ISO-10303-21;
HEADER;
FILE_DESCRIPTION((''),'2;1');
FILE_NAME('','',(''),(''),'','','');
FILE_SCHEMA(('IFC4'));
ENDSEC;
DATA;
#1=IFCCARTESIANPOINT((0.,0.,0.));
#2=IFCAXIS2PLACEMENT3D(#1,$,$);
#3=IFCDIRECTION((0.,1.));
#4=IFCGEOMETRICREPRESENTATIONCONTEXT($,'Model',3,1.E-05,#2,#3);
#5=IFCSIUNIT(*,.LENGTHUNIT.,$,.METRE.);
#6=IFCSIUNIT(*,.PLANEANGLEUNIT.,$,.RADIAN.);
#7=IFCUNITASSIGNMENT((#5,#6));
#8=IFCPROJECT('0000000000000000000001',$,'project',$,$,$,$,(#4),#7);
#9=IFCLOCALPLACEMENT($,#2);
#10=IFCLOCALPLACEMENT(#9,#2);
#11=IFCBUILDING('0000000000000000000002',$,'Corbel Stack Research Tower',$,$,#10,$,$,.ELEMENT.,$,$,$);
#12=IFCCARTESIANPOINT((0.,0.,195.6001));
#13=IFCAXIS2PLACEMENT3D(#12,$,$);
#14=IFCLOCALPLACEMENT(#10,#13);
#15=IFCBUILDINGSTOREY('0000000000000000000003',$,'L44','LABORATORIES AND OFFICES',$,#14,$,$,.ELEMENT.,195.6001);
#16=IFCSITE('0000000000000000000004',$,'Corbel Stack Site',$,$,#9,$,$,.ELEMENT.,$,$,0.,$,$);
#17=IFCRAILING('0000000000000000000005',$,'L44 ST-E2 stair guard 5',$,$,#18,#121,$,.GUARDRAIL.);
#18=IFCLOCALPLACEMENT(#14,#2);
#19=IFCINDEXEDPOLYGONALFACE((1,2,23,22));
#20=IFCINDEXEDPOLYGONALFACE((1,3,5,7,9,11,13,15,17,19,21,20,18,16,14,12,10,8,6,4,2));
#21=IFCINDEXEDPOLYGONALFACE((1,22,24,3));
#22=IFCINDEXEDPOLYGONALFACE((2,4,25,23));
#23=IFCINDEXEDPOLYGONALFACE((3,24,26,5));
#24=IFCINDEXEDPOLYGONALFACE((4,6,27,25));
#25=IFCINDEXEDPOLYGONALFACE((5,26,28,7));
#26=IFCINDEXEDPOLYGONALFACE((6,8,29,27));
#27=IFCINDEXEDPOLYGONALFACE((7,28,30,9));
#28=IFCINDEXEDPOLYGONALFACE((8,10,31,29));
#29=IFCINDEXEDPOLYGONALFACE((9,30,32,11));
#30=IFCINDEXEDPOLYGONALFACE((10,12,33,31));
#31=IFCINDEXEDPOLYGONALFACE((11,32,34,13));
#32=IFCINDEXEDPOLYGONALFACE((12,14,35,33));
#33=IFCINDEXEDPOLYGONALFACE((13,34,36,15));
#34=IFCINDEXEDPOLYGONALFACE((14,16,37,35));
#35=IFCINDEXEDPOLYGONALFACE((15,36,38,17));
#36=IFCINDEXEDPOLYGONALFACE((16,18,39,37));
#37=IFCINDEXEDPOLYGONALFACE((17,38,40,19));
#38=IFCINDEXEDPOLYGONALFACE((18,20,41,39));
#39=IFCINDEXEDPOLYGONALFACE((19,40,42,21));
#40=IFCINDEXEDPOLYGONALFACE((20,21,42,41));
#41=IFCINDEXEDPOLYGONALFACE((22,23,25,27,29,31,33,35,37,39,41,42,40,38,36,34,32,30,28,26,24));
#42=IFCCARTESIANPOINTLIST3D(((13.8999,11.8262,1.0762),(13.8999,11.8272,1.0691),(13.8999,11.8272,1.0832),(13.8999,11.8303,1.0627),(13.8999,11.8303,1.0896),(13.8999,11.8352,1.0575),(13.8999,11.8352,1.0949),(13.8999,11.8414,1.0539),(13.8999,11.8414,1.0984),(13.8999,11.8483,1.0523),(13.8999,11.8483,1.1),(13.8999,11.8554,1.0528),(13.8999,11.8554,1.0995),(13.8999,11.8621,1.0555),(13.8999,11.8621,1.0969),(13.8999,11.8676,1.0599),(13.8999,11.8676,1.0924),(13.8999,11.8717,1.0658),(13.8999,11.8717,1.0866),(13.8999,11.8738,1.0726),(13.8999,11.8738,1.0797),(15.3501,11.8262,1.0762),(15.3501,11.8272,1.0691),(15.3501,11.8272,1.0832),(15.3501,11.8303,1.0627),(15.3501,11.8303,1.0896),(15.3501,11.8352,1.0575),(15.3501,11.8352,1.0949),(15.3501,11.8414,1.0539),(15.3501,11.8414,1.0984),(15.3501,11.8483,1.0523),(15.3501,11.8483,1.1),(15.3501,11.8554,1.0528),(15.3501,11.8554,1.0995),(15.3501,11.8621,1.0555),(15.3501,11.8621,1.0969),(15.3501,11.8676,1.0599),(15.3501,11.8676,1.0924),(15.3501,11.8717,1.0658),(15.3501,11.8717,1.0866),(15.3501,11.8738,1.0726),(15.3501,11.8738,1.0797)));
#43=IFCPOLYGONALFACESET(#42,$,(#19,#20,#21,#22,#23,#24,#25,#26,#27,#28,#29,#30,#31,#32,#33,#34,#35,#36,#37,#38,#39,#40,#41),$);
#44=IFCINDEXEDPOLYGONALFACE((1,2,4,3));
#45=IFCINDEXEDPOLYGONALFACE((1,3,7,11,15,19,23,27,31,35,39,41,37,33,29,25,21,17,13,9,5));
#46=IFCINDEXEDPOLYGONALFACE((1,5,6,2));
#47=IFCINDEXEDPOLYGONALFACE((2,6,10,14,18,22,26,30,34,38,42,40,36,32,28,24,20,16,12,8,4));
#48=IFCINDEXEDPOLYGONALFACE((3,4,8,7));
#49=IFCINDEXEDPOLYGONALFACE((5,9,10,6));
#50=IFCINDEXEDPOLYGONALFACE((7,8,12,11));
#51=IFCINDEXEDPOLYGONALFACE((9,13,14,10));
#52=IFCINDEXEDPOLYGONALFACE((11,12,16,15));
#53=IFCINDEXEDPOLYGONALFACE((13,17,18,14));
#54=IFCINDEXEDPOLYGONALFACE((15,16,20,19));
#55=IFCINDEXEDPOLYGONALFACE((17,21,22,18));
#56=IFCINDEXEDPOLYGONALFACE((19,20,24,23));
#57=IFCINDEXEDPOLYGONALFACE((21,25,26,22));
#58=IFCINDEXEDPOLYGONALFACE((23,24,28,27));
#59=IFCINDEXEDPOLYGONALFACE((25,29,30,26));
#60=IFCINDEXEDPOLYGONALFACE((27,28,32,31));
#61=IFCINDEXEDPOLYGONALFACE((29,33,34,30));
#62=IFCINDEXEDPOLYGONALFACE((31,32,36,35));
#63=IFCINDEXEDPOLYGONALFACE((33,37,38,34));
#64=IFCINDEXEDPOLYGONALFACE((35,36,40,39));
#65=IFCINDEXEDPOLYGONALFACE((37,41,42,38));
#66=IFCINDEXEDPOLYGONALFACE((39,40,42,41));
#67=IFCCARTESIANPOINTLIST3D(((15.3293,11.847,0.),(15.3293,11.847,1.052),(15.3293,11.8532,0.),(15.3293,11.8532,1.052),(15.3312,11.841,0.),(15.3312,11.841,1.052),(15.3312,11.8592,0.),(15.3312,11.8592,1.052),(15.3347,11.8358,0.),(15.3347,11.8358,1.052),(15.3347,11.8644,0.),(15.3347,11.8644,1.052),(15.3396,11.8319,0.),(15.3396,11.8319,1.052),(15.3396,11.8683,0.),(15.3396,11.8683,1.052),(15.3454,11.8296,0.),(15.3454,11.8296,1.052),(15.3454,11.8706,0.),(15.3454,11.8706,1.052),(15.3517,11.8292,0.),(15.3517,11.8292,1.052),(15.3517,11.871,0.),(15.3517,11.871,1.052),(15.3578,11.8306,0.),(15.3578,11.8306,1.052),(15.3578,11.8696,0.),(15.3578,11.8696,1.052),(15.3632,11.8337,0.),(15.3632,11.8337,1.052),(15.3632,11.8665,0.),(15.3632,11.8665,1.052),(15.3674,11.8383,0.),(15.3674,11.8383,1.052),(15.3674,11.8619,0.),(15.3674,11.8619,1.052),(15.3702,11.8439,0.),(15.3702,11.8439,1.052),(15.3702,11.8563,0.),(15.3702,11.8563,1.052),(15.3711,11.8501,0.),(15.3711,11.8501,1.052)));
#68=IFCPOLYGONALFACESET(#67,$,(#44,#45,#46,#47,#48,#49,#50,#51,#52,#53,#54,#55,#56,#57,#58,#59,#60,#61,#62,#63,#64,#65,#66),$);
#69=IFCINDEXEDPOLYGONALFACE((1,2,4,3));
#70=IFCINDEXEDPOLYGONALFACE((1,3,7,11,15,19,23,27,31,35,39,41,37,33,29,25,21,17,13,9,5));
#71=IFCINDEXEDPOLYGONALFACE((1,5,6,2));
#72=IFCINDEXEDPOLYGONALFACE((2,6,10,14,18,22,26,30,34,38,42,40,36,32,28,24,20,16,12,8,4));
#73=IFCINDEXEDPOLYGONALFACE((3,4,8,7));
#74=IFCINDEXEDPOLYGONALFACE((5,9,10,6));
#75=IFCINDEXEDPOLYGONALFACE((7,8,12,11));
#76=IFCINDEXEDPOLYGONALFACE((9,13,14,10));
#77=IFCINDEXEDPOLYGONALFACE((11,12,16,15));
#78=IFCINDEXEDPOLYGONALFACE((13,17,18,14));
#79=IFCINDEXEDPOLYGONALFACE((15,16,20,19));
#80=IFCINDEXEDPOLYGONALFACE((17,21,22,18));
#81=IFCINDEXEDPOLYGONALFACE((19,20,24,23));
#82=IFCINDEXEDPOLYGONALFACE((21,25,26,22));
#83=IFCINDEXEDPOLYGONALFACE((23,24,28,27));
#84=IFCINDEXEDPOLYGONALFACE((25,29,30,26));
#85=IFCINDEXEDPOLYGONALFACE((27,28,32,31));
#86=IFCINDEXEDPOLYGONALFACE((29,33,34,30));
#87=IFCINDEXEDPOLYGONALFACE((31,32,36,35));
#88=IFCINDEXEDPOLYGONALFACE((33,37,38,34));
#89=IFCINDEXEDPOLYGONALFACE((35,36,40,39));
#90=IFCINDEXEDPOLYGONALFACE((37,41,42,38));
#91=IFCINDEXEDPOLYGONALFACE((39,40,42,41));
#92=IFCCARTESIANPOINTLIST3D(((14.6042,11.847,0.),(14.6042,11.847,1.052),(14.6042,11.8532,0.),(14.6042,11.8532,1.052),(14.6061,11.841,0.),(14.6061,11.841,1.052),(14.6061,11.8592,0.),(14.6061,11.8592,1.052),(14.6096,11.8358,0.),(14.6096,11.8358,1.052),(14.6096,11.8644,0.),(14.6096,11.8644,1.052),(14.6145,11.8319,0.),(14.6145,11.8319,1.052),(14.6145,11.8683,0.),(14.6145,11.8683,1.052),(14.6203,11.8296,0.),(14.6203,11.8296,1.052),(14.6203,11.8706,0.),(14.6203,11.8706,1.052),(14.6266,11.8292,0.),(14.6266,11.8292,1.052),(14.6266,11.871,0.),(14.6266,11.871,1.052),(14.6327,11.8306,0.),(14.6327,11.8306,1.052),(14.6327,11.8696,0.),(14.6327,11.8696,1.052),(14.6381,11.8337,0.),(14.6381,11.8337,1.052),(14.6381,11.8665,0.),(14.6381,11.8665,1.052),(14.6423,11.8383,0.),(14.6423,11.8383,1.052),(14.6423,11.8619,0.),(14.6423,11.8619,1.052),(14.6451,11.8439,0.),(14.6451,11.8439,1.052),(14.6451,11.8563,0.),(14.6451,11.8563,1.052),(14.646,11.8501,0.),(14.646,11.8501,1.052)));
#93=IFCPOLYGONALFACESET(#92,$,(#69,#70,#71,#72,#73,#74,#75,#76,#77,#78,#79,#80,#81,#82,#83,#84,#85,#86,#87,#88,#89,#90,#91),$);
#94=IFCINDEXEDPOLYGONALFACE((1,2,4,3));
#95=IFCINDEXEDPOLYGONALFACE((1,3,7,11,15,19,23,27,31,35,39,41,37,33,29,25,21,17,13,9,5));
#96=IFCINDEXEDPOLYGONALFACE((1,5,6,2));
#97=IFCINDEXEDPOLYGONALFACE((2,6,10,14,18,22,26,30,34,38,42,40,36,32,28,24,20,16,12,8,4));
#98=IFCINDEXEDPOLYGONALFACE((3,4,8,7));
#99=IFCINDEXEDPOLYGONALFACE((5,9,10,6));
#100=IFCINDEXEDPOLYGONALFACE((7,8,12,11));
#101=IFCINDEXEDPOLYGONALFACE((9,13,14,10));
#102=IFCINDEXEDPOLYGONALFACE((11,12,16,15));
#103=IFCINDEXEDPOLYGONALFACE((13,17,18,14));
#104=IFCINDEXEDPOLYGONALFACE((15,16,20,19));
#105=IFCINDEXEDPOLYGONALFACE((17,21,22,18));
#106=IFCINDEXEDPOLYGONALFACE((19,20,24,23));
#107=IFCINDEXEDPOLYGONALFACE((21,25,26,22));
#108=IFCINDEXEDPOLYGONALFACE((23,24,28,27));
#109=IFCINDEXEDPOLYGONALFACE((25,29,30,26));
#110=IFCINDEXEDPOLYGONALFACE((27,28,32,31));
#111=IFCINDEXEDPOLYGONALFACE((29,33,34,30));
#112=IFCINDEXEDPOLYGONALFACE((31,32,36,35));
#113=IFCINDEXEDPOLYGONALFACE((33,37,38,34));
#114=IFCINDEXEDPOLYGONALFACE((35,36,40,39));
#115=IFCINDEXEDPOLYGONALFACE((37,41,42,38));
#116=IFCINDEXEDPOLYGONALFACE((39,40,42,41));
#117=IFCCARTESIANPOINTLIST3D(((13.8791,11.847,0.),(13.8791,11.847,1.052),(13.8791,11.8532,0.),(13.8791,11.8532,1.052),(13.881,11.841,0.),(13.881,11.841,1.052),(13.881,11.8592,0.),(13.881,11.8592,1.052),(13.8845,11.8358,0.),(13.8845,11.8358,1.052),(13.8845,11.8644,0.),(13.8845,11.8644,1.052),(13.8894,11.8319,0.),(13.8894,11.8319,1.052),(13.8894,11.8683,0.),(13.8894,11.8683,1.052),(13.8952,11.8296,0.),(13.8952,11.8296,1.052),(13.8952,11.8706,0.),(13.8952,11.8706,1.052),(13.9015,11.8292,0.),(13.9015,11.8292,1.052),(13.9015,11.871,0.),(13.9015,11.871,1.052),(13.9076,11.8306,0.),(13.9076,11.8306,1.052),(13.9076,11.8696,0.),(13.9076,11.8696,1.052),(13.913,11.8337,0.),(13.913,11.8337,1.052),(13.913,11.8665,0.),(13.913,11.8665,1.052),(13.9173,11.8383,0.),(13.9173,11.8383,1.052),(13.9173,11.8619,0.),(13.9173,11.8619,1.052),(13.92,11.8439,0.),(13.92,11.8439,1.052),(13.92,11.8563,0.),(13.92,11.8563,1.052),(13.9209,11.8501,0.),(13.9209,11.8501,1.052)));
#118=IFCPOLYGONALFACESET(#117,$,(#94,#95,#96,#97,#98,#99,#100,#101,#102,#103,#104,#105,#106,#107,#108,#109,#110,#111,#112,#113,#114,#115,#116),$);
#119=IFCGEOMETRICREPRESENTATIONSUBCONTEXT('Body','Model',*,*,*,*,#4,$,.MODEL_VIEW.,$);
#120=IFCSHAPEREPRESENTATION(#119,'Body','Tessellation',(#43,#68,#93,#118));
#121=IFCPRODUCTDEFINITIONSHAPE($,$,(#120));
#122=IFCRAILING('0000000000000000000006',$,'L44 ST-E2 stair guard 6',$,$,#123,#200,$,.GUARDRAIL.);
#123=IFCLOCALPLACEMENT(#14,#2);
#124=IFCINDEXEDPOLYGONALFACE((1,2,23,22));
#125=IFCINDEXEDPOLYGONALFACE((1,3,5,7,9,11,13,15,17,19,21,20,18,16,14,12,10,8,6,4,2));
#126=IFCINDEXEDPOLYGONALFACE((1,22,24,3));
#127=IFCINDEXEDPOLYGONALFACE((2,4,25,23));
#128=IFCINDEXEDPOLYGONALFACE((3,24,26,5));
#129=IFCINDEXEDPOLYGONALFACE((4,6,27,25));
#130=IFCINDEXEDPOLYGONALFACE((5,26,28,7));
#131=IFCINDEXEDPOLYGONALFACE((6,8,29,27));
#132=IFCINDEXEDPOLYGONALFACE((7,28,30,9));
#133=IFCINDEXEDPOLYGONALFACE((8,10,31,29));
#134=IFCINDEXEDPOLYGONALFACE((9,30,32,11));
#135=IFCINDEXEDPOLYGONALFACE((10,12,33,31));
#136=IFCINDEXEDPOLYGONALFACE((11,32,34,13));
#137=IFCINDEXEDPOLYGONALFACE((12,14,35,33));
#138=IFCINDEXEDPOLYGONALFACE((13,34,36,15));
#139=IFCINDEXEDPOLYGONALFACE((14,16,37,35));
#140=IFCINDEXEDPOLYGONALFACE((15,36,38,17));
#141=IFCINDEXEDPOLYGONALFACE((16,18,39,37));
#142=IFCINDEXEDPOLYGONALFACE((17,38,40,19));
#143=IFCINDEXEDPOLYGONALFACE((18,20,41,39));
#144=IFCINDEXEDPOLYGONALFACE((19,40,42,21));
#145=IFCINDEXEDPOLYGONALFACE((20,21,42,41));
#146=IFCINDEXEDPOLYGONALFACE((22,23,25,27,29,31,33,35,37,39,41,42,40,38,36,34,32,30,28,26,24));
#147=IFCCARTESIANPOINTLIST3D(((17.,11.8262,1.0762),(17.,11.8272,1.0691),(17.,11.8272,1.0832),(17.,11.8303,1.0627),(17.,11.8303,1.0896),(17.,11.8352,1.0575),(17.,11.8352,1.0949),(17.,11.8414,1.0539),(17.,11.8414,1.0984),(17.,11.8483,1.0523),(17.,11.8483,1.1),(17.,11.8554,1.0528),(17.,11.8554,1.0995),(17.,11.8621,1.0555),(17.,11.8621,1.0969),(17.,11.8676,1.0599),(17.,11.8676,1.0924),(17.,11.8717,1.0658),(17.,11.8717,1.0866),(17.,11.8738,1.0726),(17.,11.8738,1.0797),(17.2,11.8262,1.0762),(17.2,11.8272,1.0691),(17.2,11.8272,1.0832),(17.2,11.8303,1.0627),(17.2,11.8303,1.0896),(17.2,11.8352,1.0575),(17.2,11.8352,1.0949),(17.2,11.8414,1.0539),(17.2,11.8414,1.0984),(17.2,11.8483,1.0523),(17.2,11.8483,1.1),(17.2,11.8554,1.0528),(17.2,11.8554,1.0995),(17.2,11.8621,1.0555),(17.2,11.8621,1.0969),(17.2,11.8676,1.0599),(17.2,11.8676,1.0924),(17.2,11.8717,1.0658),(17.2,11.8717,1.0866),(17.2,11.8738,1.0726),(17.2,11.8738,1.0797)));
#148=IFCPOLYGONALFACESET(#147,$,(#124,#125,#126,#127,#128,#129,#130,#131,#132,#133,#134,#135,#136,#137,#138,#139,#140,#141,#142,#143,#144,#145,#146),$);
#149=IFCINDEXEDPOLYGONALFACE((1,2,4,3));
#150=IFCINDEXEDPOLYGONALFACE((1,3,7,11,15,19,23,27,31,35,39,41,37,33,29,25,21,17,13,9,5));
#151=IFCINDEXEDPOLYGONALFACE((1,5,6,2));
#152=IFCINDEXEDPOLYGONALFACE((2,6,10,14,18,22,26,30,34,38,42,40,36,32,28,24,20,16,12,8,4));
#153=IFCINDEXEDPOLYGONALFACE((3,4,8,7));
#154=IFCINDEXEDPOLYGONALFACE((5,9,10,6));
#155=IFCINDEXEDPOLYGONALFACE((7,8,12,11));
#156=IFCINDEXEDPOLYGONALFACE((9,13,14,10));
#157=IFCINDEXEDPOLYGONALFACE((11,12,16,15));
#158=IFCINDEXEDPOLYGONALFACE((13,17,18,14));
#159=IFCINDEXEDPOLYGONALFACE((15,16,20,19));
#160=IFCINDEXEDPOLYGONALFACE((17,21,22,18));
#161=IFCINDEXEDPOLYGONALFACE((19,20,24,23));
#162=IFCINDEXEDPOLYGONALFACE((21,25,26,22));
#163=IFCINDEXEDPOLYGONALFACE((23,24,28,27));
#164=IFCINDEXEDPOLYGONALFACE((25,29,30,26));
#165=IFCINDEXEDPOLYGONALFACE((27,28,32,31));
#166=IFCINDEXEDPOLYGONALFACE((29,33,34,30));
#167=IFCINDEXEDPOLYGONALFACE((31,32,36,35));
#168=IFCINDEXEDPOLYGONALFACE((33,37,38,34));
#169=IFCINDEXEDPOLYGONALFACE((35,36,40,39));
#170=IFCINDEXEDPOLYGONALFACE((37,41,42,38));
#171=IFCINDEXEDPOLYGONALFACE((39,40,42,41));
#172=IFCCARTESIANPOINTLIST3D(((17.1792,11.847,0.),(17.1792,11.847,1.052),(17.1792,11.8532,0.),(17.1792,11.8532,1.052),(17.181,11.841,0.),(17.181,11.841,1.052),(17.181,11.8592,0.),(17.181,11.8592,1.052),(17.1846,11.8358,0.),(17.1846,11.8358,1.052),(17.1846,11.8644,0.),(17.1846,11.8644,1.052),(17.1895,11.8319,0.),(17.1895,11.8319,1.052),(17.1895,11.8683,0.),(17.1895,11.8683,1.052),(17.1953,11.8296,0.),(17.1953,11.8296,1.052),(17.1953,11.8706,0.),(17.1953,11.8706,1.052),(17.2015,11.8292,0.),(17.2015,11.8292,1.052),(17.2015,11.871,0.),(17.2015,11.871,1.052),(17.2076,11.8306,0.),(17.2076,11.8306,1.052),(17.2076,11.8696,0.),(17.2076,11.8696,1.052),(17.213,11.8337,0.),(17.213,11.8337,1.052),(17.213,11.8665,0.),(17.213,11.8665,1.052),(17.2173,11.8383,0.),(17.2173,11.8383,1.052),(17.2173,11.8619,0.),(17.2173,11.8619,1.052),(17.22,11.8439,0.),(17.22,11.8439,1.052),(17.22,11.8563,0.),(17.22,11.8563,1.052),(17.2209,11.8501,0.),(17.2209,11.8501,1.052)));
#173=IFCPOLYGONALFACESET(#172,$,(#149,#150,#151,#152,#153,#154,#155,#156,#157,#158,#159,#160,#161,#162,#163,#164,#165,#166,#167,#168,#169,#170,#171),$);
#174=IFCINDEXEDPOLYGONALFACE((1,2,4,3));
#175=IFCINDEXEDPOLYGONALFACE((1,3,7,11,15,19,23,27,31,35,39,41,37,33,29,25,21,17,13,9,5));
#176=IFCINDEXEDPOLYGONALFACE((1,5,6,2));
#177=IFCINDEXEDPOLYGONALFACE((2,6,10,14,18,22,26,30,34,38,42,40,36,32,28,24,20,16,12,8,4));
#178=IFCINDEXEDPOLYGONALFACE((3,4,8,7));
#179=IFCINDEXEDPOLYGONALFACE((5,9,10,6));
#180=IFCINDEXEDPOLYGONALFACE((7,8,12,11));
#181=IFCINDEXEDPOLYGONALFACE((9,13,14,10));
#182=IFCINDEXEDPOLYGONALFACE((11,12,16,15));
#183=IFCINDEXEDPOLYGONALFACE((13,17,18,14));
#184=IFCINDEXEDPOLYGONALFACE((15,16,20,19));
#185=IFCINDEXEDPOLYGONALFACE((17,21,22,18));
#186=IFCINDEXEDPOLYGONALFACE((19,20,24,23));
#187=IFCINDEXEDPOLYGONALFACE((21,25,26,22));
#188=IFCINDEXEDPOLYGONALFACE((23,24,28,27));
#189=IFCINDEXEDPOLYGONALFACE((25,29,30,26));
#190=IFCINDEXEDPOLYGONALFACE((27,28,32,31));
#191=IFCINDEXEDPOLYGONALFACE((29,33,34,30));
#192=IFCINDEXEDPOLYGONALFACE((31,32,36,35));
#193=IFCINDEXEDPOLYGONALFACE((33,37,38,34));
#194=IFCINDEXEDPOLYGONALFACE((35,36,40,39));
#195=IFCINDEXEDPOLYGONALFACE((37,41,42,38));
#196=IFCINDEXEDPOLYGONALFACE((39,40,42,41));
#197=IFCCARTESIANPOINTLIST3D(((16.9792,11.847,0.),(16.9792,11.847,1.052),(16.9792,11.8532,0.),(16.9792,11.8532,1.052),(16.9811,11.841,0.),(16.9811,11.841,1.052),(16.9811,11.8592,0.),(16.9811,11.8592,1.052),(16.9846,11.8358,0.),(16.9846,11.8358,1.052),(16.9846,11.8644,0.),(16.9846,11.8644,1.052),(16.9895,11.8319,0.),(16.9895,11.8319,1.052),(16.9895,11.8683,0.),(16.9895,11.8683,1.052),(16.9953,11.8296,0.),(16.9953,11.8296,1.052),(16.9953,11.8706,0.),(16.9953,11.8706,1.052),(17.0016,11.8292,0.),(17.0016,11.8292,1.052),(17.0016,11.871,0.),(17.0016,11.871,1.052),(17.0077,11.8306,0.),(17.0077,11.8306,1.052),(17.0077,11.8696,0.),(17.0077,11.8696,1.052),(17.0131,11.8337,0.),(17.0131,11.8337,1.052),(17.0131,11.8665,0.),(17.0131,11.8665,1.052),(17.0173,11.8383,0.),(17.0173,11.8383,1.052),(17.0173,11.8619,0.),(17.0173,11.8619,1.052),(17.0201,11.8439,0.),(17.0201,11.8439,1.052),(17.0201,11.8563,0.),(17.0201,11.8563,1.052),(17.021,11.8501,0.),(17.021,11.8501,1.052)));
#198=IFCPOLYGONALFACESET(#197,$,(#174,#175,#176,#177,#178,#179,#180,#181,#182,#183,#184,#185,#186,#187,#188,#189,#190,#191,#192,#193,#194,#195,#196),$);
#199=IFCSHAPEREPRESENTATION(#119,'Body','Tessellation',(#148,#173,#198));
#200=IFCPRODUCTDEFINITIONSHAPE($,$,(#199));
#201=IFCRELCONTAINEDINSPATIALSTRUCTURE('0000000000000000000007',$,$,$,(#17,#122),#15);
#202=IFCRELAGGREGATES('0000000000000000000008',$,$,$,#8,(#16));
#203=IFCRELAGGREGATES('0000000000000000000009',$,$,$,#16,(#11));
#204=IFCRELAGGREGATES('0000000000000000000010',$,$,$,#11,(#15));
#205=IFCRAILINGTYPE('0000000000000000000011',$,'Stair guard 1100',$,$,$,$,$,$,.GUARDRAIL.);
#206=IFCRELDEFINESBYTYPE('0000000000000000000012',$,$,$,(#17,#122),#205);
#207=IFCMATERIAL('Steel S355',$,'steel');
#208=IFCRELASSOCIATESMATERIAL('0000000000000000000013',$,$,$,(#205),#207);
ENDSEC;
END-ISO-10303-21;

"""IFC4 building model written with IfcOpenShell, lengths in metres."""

from ifc_helpers import new_model, si_unit, direction, frame, origin, origin_2d, place, context, subcontext, project, spatial, circle, extrude, material, type_object, element, save


model = new_model("IFC4")

# Units and contexts
model_context = context("Model", 3, precision=1e-05, world=origin(), true_north=direction((0.0, 1.0)))
body_context = subcontext(model_context, "Body", "Model", "MODEL_VIEW")
ifc_project = project(units=[si_unit("LENGTHUNIT", "METRE"), si_unit("PLANEANGLEUNIT", "RADIAN")], contexts=[model_context])

# Site, building, storey
site_placement = place(None, origin())
site = spatial("IfcSite", under=ifc_project, at=site_placement, Name="Corbel Stack Site", CompositionType="ELEMENT", RefElevation=0.0)
building_placement = place(site_placement, origin())
building = spatial("IfcBuilding", under=site, at=building_placement, Name="Corbel Stack Research Tower", CompositionType="ELEMENT")
storey_placement = place(building_placement, frame((0.0, 0.0, 195.6001)))
storey = spatial("IfcBuildingStorey", under=building, at=storey_placement, Name="L44", Description="LABORATORIES AND OFFICES", CompositionType="ELEMENT", Elevation=195.6001)

# Railings
ifc_material_1 = material(Name="Steel S355", Category="steel")
railing_type_1 = type_object("IfcRailingType", Name="Stair guard 1100", PredefinedType="GUARDRAIL", material=ifc_material_1)
railing_1_placement = place(storey_placement, frame((15.3501, 11.8501, 0.0)))
element("IfcRailing", 1, at=railing_1_placement, inside=storey, type_object=railing_type_1, Name="L44 ST-E2 stair guard 5", PredefinedType="GUARDRAIL", context=body_context, shape_type="SweptSolid", body=[
    extrude(circle(Radius=0.0239, at=origin_2d()), frame((0.0, 0.0, 1.0762), z_axis=(-1.0, 0.0, 0.0), x_axis=(0.0, -1.0, 0.0)), (0.0, 0.0, 1.0), 1.4502),
    extrude(circle(Radius=0.021, at=origin_2d()), origin(), (0.0, 0.0, 1.0), 1.052),
    extrude(circle(Radius=0.021, at=origin_2d()), frame((-0.7251, 0.0, 0.0)), (0.0, 0.0, 1.0), 1.052),
    extrude(circle(Radius=0.021, at=origin_2d()), frame((-1.4502, 0.0, 0.0)), (0.0, 0.0, 1.0), 1.052),
])
railing_2_placement = place(storey_placement, frame((17.2, 11.8501, 0.0)))
element("IfcRailing", 2, at=railing_2_placement, inside=storey, type_object=railing_type_1, Name="L44 ST-E2 stair guard 6", PredefinedType="GUARDRAIL", context=body_context, shape_type="SweptSolid", body=[
    extrude(circle(Radius=0.0239, at=origin_2d()), frame((0.0, 0.0, 1.0762), z_axis=(-1.0, 0.0, 0.0), x_axis=(0.0, -1.0, 0.0)), (0.0, 0.0, 1.0), 0.2),
    extrude(circle(Radius=0.021, at=origin_2d()), origin(), (0.0, 0.0, 1.0), 1.052),
    extrude(circle(Radius=0.021, at=origin_2d()), frame((-0.2, 0.0, 0.0)), (0.0, 0.0, 1.0), 1.052),
])

save(model, "model.ifc")
